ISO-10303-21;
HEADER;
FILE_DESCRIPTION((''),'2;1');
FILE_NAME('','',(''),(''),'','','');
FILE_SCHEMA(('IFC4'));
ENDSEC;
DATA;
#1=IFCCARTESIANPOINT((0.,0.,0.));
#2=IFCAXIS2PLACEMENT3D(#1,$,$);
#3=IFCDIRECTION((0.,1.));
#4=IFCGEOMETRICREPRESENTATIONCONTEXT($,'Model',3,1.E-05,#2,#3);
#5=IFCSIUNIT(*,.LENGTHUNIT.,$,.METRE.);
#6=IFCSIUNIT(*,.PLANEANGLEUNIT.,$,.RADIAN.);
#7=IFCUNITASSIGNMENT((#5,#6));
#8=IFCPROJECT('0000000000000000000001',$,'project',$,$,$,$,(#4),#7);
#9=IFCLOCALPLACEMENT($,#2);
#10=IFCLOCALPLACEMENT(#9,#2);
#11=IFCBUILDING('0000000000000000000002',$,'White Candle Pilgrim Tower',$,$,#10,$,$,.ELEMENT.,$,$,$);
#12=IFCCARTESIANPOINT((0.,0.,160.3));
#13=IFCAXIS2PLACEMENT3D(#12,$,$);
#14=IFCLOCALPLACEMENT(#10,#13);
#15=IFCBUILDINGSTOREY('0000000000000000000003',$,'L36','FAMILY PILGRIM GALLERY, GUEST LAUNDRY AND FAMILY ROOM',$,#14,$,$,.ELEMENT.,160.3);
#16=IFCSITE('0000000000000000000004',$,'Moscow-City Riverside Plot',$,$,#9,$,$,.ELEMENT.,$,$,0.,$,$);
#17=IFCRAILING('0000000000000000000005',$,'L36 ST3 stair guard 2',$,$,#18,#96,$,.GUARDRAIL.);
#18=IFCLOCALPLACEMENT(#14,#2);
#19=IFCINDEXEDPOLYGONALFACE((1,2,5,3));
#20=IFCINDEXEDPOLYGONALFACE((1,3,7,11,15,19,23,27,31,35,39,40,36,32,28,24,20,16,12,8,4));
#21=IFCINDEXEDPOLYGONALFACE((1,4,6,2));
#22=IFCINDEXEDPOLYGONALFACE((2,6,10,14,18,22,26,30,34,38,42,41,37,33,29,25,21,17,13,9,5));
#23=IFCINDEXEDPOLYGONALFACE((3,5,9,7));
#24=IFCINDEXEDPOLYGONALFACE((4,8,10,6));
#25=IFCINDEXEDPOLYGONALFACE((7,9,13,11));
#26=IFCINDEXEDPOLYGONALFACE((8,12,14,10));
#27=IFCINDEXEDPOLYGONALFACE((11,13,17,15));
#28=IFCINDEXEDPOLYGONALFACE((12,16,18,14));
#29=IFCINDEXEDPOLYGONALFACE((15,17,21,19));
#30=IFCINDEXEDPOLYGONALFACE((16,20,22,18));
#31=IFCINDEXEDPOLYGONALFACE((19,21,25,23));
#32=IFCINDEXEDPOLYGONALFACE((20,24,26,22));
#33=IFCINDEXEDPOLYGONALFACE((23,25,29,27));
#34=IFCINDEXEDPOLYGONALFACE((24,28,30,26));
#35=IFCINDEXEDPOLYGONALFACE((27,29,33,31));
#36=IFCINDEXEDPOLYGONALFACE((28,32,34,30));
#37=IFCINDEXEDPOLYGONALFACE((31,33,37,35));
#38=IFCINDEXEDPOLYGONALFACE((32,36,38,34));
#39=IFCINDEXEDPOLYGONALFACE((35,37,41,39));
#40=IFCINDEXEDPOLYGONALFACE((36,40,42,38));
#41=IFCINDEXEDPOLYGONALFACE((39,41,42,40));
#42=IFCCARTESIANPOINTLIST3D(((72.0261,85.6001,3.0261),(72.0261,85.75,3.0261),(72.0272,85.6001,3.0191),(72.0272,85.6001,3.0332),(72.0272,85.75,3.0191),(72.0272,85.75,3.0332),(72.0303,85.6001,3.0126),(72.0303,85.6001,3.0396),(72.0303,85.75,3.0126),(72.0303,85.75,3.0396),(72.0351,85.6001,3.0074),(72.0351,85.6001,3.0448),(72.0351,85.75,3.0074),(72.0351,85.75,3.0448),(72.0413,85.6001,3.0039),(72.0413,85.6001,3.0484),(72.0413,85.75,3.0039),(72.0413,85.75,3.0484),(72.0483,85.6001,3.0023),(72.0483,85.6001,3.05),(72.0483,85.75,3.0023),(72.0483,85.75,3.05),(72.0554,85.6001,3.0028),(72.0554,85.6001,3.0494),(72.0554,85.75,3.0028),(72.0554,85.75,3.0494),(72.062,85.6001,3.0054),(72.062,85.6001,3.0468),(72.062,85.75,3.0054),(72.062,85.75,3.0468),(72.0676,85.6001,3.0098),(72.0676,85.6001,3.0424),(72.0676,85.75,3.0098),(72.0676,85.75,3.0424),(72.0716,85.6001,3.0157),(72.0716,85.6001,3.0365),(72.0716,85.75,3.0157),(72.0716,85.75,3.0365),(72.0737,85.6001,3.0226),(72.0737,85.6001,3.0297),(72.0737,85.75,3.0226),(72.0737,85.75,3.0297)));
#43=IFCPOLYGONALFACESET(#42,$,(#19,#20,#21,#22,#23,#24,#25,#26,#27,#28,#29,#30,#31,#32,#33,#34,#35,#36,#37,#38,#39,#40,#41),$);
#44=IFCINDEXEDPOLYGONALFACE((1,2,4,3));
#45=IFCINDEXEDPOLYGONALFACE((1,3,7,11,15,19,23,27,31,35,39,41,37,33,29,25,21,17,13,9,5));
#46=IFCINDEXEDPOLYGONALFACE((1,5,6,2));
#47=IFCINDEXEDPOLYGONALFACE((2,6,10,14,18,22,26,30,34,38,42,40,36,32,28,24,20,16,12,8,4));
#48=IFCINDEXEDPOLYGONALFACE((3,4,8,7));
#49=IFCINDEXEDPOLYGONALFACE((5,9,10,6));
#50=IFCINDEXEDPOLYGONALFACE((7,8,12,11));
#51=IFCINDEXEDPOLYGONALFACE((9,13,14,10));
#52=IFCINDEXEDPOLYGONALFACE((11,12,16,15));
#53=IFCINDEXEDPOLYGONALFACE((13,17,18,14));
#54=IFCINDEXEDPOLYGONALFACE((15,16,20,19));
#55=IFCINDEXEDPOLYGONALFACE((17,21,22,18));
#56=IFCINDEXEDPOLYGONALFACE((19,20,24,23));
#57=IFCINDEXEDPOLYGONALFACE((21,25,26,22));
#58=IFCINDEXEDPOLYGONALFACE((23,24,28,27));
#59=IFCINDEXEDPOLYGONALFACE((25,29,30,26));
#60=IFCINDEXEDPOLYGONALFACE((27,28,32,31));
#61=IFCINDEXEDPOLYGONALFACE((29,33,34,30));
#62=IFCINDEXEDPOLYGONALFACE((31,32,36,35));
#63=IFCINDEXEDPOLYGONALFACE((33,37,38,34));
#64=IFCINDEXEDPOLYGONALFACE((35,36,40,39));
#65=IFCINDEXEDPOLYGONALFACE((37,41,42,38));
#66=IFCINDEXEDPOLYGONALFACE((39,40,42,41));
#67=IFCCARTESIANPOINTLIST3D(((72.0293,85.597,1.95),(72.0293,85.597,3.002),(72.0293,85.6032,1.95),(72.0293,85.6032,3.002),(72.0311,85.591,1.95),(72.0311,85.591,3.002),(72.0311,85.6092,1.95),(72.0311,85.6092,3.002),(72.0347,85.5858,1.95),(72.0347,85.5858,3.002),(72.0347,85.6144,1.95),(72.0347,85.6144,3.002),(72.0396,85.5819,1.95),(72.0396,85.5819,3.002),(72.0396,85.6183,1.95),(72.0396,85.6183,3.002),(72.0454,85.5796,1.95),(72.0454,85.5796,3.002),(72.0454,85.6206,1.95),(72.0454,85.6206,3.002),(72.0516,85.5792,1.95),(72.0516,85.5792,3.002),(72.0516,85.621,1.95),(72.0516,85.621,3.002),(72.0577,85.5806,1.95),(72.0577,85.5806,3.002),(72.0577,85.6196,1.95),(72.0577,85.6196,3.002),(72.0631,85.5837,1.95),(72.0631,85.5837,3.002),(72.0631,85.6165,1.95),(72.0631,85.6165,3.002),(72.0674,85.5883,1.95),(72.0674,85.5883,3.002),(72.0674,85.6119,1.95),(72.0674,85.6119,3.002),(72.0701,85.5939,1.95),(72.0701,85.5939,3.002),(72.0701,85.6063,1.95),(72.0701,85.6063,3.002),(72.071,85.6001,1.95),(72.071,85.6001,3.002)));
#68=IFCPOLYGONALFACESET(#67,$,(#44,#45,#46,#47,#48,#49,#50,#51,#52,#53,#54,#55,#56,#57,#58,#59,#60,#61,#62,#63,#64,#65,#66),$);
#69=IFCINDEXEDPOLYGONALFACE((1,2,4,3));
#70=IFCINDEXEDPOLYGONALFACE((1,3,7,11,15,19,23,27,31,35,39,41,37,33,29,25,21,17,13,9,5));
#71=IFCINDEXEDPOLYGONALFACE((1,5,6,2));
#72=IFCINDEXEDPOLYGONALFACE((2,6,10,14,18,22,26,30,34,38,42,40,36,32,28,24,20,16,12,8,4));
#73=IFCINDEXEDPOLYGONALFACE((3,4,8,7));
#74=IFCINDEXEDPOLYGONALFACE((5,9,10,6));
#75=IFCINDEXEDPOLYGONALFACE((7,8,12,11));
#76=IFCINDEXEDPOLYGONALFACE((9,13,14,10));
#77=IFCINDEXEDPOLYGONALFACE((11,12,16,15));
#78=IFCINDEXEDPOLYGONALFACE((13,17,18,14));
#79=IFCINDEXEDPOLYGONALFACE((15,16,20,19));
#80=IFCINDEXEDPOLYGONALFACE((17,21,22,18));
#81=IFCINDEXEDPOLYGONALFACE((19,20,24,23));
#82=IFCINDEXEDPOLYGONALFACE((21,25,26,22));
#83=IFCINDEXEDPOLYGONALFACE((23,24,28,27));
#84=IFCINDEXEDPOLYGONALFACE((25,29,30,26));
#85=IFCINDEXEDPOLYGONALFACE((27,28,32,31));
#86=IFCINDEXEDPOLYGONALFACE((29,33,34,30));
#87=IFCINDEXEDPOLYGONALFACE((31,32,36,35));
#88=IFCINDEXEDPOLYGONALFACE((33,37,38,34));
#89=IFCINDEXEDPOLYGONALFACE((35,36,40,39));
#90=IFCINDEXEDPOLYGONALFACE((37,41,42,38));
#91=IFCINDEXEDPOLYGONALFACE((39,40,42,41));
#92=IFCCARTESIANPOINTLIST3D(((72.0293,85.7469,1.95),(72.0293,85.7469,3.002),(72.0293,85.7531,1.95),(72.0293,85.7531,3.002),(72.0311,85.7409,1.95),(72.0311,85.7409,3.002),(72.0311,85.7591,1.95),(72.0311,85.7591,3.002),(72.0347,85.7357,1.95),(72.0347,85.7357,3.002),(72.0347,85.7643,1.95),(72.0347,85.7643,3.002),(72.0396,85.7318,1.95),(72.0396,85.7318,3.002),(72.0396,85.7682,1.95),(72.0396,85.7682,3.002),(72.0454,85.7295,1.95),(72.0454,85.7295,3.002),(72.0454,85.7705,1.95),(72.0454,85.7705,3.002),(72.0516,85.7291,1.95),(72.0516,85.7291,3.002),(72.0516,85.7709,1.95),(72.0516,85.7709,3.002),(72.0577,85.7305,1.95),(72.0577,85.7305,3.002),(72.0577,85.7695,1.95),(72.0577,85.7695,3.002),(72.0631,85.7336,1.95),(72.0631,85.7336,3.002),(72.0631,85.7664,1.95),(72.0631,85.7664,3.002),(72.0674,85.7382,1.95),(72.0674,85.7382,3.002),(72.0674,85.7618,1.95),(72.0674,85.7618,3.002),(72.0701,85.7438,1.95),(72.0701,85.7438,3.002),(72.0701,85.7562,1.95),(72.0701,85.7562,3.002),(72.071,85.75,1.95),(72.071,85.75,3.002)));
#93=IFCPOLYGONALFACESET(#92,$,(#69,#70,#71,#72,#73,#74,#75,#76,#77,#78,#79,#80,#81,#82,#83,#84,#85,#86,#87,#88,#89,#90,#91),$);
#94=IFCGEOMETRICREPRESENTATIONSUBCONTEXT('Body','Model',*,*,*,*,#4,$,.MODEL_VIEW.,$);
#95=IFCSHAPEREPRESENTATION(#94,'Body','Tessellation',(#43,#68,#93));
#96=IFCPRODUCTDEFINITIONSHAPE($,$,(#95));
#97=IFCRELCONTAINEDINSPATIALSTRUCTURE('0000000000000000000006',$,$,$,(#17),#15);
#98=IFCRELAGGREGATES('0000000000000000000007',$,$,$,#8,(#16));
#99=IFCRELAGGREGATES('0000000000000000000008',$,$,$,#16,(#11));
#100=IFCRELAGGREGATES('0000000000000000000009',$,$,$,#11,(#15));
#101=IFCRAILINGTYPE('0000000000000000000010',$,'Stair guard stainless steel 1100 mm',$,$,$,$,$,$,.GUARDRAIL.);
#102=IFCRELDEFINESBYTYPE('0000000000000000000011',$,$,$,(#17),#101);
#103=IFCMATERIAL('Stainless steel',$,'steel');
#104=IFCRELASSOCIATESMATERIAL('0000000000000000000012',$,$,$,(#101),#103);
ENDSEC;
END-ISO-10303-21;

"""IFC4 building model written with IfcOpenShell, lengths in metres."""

from ifc_helpers import new_model, si_unit, direction, frame, origin, origin_2d, place, context, subcontext, project, spatial, circle, extrude, material, type_object, element, save


model = new_model("IFC4")

# Units and contexts
model_context = context("Model", 3, precision=1e-05, world=origin(), true_north=direction((0.0, 1.0)))
body_context = subcontext(model_context, "Body", "Model", "MODEL_VIEW")
ifc_project = project(units=[si_unit("LENGTHUNIT", "METRE"), si_unit("PLANEANGLEUNIT", "RADIAN")], contexts=[model_context])

# Site, building, storey
site_placement = place(None, origin())
site = spatial("IfcSite", under=ifc_project, at=site_placement, Name="Moscow-City Riverside Plot", CompositionType="ELEMENT", RefElevation=0.0)
building_placement = place(site_placement, origin())
building = spatial("IfcBuilding", under=site, at=building_placement, Name="White Candle Pilgrim Tower", CompositionType="ELEMENT")
storey_placement = place(building_placement, frame((0.0, 0.0, 160.3)))
storey = spatial("IfcBuildingStorey", under=building, at=storey_placement, Name="L36", Description="FAMILY PILGRIM GALLERY, GUEST LAUNDRY AND FAMILY ROOM", CompositionType="ELEMENT", Elevation=160.3)

# Railing
ifc_material_1 = material(Name="Stainless steel", Category="steel")
railing_type_1 = type_object("IfcRailingType", Name="Stair guard stainless steel 1100 mm", PredefinedType="GUARDRAIL", material=ifc_material_1)
railing_1_placement = place(storey_placement, frame((72.05, 85.6001, 1.95)))
element("IfcRailing", 1, at=railing_1_placement, inside=storey, type_object=railing_type_1, Name="L36 ST3 stair guard 2", PredefinedType="GUARDRAIL", context=body_context, shape_type="SweptSolid", body=[
    extrude(circle(Radius=0.0239, at=origin_2d()), frame((0.0, 0.0, 1.0762), z_axis=(0.0, 1.0, 0.0), x_axis=(-1.0, 0.0, 0.0)), (0.0, 0.0, 1.0), 0.1499),
    extrude(circle(Radius=0.021, at=origin_2d()), origin(), (0.0, 0.0, 1.0), 1.052),
    extrude(circle(Radius=0.021, at=origin_2d()), frame((0.0, 0.1499, 0.0)), (0.0, 0.0, 1.0), 1.052),
])

save(model, "model.ifc")
